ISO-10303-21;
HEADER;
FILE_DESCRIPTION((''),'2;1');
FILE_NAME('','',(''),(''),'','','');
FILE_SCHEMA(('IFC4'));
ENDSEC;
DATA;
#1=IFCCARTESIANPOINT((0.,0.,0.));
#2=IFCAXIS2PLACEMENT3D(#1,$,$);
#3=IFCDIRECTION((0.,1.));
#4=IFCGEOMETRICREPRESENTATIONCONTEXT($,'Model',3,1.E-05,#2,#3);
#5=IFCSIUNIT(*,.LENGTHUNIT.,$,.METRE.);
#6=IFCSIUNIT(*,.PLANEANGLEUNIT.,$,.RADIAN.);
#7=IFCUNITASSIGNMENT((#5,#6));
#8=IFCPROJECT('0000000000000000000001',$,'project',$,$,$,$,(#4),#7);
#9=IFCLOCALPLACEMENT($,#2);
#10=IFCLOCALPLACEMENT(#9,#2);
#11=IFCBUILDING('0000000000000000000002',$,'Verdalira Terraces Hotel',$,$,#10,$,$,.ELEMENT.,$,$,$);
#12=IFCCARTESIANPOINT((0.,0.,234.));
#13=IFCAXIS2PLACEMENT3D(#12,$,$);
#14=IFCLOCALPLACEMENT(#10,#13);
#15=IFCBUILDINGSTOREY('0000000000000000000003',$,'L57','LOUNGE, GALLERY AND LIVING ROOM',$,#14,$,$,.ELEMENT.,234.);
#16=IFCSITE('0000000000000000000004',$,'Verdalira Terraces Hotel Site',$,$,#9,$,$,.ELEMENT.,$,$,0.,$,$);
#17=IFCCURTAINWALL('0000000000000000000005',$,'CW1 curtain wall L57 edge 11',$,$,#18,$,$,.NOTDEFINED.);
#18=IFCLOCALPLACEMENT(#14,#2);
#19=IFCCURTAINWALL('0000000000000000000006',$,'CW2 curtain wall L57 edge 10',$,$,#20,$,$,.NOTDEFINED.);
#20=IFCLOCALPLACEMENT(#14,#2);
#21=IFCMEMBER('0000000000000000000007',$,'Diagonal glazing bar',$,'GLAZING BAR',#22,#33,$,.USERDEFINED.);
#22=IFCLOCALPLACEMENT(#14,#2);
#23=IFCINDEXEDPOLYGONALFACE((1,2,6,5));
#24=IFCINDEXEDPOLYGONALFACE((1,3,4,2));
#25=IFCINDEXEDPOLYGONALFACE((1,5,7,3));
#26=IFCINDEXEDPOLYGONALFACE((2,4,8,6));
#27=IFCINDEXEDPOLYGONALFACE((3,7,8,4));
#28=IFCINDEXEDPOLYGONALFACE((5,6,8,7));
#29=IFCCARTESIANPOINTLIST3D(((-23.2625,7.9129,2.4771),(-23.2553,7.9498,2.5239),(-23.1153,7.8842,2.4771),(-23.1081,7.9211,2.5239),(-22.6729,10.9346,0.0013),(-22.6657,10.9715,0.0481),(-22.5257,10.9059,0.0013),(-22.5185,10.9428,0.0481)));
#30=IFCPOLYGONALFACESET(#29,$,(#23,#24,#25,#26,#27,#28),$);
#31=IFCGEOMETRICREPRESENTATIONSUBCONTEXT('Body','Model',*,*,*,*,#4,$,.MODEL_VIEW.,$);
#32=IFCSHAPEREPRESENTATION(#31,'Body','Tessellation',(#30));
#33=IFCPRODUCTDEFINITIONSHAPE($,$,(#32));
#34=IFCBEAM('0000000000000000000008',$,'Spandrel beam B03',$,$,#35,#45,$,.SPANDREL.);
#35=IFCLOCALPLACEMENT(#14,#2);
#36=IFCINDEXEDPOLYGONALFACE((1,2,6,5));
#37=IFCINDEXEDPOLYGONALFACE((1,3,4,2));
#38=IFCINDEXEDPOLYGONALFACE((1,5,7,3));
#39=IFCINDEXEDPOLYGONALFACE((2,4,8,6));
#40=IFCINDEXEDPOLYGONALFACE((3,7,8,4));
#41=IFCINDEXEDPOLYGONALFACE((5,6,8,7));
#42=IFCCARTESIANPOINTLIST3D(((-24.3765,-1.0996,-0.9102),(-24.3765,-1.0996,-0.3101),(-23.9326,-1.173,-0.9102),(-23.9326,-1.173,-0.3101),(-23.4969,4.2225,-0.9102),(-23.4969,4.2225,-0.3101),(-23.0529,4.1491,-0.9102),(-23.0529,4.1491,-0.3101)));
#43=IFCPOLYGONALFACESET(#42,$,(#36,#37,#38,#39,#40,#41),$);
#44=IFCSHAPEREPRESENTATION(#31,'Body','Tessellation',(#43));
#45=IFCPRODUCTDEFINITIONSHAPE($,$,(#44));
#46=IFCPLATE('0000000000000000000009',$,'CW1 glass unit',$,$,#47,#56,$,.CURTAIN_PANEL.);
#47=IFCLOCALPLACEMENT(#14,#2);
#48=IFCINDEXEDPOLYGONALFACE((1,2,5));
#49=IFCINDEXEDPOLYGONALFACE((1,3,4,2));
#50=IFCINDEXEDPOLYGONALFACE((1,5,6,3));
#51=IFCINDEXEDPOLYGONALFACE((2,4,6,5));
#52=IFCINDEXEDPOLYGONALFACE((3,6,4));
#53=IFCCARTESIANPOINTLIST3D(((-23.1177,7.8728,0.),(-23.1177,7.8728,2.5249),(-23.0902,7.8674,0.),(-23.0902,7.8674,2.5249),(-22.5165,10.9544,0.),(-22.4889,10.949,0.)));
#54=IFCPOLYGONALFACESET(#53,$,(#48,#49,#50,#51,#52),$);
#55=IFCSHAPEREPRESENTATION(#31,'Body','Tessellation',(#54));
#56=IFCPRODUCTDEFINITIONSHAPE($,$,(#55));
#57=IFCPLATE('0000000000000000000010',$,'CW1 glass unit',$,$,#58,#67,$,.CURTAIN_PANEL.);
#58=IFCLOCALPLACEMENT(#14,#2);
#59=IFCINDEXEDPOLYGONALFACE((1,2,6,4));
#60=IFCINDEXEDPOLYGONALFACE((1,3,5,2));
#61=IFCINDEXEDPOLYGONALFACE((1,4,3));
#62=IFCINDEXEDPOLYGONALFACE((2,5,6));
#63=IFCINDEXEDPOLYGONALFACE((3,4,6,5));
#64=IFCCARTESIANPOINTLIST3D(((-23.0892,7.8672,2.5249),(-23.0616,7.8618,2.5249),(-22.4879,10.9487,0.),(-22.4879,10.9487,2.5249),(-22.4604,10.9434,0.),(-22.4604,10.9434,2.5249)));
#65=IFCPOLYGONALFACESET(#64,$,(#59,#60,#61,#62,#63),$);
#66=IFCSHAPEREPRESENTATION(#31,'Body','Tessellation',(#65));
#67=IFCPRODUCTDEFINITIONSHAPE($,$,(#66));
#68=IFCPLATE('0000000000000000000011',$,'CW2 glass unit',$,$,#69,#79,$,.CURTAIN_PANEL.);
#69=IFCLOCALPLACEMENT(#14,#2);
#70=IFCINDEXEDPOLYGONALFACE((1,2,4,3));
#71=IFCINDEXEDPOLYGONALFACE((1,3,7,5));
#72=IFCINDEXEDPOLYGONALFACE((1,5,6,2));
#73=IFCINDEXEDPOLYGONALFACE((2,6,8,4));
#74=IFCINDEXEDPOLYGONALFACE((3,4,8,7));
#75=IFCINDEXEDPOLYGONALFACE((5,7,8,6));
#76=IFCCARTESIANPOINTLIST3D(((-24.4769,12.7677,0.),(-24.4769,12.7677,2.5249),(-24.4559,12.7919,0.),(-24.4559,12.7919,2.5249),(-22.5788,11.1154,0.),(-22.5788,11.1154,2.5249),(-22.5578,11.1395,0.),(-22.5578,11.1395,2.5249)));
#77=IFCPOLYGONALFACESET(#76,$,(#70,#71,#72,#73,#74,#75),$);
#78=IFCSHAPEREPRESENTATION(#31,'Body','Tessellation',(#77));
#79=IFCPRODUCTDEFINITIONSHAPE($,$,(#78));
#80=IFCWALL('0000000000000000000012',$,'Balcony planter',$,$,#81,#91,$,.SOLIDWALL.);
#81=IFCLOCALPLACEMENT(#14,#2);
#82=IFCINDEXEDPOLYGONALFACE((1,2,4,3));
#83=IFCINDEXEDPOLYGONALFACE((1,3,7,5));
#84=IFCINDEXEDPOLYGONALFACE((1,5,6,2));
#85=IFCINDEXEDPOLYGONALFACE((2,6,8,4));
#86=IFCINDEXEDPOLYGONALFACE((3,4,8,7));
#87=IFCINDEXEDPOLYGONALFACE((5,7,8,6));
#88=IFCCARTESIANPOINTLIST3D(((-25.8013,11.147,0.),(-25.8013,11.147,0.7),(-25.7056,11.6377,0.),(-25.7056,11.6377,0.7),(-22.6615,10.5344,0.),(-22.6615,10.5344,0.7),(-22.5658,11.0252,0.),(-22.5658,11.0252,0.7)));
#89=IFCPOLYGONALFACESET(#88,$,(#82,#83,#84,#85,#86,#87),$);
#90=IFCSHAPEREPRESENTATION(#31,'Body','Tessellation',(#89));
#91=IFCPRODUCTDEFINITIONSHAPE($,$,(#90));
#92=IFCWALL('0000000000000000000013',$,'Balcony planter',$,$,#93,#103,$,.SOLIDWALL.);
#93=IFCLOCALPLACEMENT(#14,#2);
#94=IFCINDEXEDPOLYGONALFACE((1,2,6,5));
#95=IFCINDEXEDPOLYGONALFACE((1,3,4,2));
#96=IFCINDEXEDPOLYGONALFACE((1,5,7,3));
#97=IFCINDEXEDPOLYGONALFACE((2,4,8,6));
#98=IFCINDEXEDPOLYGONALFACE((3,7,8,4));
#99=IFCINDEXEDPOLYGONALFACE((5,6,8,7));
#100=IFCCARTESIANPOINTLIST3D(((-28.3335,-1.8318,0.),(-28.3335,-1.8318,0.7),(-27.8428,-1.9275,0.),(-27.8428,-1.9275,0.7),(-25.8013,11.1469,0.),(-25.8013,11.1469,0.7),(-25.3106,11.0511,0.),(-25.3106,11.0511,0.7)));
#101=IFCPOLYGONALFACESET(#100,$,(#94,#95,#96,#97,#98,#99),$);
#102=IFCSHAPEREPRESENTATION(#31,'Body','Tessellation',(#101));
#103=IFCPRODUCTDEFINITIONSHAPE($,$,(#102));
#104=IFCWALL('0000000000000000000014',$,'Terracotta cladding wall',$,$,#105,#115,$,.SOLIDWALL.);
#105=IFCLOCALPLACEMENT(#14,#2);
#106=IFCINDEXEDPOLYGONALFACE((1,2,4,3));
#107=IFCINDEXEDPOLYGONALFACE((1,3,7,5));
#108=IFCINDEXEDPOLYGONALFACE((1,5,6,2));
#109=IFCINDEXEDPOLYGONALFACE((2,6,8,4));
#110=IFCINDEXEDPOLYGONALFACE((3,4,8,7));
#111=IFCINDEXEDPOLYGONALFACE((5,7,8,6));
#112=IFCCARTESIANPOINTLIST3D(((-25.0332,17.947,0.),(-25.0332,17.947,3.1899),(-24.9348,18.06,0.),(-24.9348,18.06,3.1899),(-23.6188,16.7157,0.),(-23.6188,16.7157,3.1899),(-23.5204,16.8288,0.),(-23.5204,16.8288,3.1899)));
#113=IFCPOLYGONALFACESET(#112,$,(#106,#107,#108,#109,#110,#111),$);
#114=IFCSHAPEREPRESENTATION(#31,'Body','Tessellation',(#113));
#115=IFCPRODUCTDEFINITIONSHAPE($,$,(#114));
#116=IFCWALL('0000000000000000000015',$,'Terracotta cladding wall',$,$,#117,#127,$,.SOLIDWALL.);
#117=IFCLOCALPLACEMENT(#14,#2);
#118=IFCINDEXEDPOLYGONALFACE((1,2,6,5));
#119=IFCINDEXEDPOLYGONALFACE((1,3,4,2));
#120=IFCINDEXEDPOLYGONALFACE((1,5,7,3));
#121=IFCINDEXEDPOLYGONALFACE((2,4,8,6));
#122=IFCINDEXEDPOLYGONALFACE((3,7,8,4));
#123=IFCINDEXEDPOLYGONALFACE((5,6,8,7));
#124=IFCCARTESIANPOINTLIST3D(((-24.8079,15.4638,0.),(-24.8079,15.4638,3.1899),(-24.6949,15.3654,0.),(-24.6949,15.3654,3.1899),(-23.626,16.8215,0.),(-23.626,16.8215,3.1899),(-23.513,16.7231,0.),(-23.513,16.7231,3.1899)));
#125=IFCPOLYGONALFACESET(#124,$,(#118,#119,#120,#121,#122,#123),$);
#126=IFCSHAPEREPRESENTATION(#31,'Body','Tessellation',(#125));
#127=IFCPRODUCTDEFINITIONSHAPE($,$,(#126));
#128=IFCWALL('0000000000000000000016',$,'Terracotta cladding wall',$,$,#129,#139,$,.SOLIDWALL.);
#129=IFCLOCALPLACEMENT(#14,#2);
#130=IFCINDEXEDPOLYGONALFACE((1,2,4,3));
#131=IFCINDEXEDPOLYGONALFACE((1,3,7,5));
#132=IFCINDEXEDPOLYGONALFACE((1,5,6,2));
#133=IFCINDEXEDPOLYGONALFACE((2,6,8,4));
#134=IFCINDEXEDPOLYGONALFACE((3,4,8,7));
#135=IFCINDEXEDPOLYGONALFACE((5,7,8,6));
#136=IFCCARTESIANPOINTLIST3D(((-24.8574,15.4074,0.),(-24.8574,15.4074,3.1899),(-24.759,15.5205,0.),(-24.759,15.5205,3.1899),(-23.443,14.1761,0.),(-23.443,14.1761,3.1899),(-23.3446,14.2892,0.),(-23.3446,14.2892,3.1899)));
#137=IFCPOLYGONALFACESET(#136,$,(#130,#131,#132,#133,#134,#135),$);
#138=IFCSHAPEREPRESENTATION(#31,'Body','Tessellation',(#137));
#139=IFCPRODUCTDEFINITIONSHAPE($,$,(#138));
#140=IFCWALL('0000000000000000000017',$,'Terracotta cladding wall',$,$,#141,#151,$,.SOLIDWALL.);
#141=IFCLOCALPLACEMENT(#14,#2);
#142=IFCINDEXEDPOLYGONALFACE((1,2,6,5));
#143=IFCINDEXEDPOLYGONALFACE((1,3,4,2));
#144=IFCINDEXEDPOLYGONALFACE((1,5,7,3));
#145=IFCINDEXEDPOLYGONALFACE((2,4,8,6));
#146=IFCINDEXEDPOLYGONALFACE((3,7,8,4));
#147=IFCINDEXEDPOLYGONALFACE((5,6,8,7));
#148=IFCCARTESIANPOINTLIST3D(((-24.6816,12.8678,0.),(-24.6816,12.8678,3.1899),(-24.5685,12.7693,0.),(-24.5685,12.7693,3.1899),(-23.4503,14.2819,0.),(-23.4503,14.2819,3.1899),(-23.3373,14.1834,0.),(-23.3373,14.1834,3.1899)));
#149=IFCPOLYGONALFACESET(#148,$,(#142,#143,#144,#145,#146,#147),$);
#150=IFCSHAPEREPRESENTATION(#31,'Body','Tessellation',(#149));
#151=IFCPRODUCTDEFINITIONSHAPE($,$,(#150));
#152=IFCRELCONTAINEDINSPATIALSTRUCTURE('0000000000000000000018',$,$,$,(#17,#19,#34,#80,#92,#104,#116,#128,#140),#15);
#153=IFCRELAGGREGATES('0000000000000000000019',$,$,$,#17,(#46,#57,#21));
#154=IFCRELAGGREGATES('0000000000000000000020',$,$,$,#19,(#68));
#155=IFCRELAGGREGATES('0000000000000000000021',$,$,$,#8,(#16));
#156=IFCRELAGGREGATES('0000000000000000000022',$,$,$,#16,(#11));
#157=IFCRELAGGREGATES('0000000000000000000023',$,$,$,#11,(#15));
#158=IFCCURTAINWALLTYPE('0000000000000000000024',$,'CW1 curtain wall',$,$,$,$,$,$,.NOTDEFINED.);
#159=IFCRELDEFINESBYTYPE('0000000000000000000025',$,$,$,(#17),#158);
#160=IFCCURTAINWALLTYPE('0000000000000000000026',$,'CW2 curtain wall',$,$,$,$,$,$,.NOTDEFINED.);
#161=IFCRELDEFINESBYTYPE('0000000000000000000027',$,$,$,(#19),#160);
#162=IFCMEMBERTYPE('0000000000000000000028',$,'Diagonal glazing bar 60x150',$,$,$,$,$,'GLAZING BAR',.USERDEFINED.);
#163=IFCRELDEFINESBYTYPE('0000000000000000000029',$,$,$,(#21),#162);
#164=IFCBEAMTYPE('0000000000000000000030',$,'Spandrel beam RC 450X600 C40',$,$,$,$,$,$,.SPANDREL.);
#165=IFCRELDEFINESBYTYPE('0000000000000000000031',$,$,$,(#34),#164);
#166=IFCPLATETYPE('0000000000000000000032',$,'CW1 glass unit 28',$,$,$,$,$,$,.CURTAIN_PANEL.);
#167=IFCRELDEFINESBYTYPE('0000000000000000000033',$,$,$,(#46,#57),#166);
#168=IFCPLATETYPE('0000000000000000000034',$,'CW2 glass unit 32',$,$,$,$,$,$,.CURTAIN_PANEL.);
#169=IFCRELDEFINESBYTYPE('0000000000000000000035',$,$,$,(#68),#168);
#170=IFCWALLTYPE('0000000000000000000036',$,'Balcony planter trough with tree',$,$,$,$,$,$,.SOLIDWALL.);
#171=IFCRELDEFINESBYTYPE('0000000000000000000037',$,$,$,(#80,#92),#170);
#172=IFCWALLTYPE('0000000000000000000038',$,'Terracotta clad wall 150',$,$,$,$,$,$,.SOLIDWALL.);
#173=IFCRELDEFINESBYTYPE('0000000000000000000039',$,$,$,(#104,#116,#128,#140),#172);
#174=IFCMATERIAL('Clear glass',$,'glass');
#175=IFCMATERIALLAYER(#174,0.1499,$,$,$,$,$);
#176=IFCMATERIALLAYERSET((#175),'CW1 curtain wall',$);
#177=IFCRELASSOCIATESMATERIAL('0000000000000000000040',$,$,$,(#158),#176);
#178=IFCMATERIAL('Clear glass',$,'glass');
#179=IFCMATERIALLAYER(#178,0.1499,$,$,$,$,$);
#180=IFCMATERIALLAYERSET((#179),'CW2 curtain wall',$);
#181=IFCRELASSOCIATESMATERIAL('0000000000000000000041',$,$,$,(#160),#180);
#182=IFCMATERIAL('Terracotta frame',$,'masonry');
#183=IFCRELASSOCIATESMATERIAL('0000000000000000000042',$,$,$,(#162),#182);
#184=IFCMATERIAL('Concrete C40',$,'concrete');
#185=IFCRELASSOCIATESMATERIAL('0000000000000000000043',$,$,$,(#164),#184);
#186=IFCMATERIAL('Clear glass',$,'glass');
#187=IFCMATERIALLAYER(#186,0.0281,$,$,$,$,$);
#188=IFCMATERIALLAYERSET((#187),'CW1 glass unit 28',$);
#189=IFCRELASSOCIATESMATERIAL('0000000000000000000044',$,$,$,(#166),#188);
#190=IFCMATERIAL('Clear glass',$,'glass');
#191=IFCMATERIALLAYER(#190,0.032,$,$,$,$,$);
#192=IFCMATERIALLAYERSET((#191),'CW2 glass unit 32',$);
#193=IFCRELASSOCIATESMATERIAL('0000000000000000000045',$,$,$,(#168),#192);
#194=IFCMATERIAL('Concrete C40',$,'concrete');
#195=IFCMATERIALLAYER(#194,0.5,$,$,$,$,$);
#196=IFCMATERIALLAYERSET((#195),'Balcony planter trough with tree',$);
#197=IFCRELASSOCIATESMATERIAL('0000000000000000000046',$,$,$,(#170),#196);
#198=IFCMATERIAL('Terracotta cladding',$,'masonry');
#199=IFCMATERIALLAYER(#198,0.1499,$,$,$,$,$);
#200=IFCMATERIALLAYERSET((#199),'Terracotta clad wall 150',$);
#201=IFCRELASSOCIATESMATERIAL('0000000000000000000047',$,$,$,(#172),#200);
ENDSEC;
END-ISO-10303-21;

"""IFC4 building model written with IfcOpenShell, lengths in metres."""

from ifc_helpers import new_model, si_unit, direction, frame, frame_2d, origin, origin_2d, place, context, subcontext, project, spatial, polyline, rectangle, outline, extrude, material, layer, layer_set, material_profile, profile_set, type_object, element, aggregate, save


model = new_model("IFC4")

# Units and contexts
model_context = context("Model", 3, precision=1e-05, world=origin(), true_north=direction((0.0, 1.0)))
body_context = subcontext(model_context, "Body", "Model", "MODEL_VIEW")
ifc_project = project(units=[si_unit("LENGTHUNIT", "METRE"), si_unit("PLANEANGLEUNIT", "RADIAN")], contexts=[model_context])

# Site, building, storey
site_placement = place(None, origin())
site = spatial("IfcSite", under=ifc_project, at=site_placement, Name="Verdalira Terraces Hotel Site", CompositionType="ELEMENT", RefElevation=0.0)
building_placement = place(site_placement, origin())
building = spatial("IfcBuilding", under=site, at=building_placement, Name="Verdalira Terraces Hotel", CompositionType="ELEMENT")
storey_placement = place(building_placement, frame((0.0, 0.0, 234.0)))
storey = spatial("IfcBuildingStorey", under=building, at=storey_placement, Name="L57", Description="LOUNGE, GALLERY AND LIVING ROOM", CompositionType="ELEMENT", Elevation=234.0)

# Curtain walls
ifc_material_1 = material(Name="Clear glass", Category="glass")
ifc_layer_1 = layer(ifc_material_1, 0.1499)
ifc_layer_set_1 = layer_set([ifc_layer_1], Name="CW1 curtain wall")
curtain_wall_type_1 = type_object("IfcCurtainWallType", Name="CW1 curtain wall", PredefinedType="NOTDEFINED", material=ifc_layer_set_1)
curtain_wall_1_placement = place(storey_placement, origin())
curtain_wall_1 = element("IfcCurtainWall", 1, at=curtain_wall_1_placement, inside=storey, type_object=curtain_wall_type_1, Name="CW1 curtain wall L57 edge 11", PredefinedType="NOTDEFINED")
ifc_material_2 = material(Name="Clear glass", Category="glass")
ifc_layer_2 = layer(ifc_material_2, 0.1499)
ifc_layer_set_2 = layer_set([ifc_layer_2], Name="CW2 curtain wall")
curtain_wall_type_2 = type_object("IfcCurtainWallType", Name="CW2 curtain wall", PredefinedType="NOTDEFINED", material=ifc_layer_set_2)
curtain_wall_2_placement = place(storey_placement, origin())
curtain_wall_2 = element("IfcCurtainWall", 2, at=curtain_wall_2_placement, inside=storey, type_object=curtain_wall_type_2, Name="CW2 curtain wall L57 edge 10", PredefinedType="NOTDEFINED")

# Member
ifc_material_3 = material(Name="Terracotta frame", Category="masonry")
ifc_material_profile_1 = material_profile(ifc_material_3, rectangle(XDim=0.1499, YDim=0.0601, at=origin_2d()), Name="GB 60x150")
ifc_profile_set_1 = profile_set([ifc_material_profile_1], Name="Terracotta frame")
member_type_1 = type_object("IfcMemberType", Name="Diagonal glazing bar 60x150", ElementType="GLAZING BAR", PredefinedType="USERDEFINED", material=ifc_profile_set_1)
member_1_placement = place(storey_placement, frame((-22.5957, 10.9387, 0.0247), z_axis=(-0.149238, -0.764855, 0.626678), x_axis=(0.981491, -0.191508, 0.0)))
member_1 = element("IfcMember", 3, at=member_1_placement, type_object=member_type_1, Name="Diagonal glazing bar", ObjectType="GLAZING BAR", PredefinedType="USERDEFINED", context=body_context, shape_type="SweptSolid", body=[
    extrude(rectangle(XDim=0.1499, YDim=0.0601, at=origin_2d()), origin(), (0.0, 0.0, 1.0), 3.9507),
])

# Beam
ifc_material_4 = material(Name="Concrete C40", Category="concrete")
ifc_material_profile_2 = material_profile(ifc_material_4, rectangle(XDim=0.45, YDim=0.6001, at=origin_2d()), Name="RC 450X600")
ifc_profile_set_2 = profile_set([ifc_material_profile_2], Name="Concrete C40")
beam_type_1 = type_object("IfcBeamType", Name="Spandrel beam RC 450X600 C40", PredefinedType="SPANDREL", material=ifc_profile_set_2)
beam_1_placement = place(storey_placement, frame((-23.2749, 4.1858, -0.6101), z_axis=(-0.16307, -0.986614, 0.0), x_axis=(0.986614, -0.16307, 0.0)))
element("IfcBeam", 4, at=beam_1_placement, inside=storey, type_object=beam_type_1, Name="Spandrel beam B03", PredefinedType="SPANDREL", context=body_context, shape_type="SweptSolid", body=[
    extrude(rectangle(XDim=0.45, YDim=0.6001, at=origin_2d()), origin(), (0.0, 0.0, 1.0), 5.3943),
])

# Plates
ifc_material_5 = material(Name="Clear glass", Category="glass")
ifc_layer_3 = layer(ifc_material_5, 0.0281)
ifc_layer_set_3 = layer_set([ifc_layer_3], Name="CW1 glass unit 28")
plate_type_1 = type_object("IfcPlateType", Name="CW1 glass unit 28", PredefinedType="CURTAIN_PANEL", material=ifc_layer_set_3)
plate_1_placement = place(storey_placement, frame((-22.7896, 9.4082, 1.2625), z_axis=(-0.981494, 0.191494, 0.0), x_axis=(-0.191494, -0.981494, 0.0)))
plate_1 = element("IfcPlate", 5, at=plate_1_placement, type_object=plate_type_1, Name="CW1 glass unit", PredefinedType="CURTAIN_PANEL", context=body_context, shape_type="SweptSolid", body=[
    extrude(outline(polyline([(-1.5698, -1.2625), (1.5698, -1.2625), (1.5698, 1.2625), (-1.5698, -1.2625)])), origin(), (0.0, 0.0, 1.0), 0.0281),
])
plate_2_placement = place(storey_placement, frame((-22.761, 9.4026, 1.2625), z_axis=(-0.981494, 0.191494, 0.0), x_axis=(-0.191494, -0.981494, 0.0)))
plate_2 = element("IfcPlate", 6, at=plate_2_placement, type_object=plate_type_1, Name="CW1 glass unit", PredefinedType="CURTAIN_PANEL", context=body_context, shape_type="SweptSolid", body=[
    extrude(outline(polyline([(-1.5698, -1.2625), (1.5698, 1.2625), (-1.5698, 1.2625), (-1.5698, -1.2625)])), origin(), (0.0, 0.0, 1.0), 0.0281),
])
aggregate(curtain_wall_1, [plate_1, plate_2, member_1])
ifc_material_6 = material(Name="Clear glass", Category="glass")
ifc_layer_4 = layer(ifc_material_6, 0.032)
ifc_layer_set_4 = layer_set([ifc_layer_4], Name="CW2 glass unit 32")
plate_type_2 = type_object("IfcPlateType", Name="CW2 glass unit 32", PredefinedType="CURTAIN_PANEL", material=ifc_layer_set_4)
plate_3_placement = place(storey_placement, frame((-23.5173, 11.9536, 0.0), z_axis=(0.0, 0.0, 1.0), x_axis=(0.754251, -0.656586, 0.0)))
plate_3 = element("IfcPlate", 7, at=plate_3_placement, type_object=plate_type_2, Name="CW2 glass unit", PredefinedType="CURTAIN_PANEL", context=body_context, shape_type="SweptSolid", body=[
    extrude(rectangle(XDim=2.5166, YDim=0.032, at=origin_2d()), origin(), (0.0, 0.0, 1.0), 2.5249),
])
aggregate(curtain_wall_2, [plate_3])

# Walls
ifc_material_7 = material(Name="Concrete C40", Category="concrete")
ifc_layer_5 = layer(ifc_material_7, 0.5)
ifc_layer_set_5 = layer_set([ifc_layer_5], Name="Balcony planter trough with tree")
wall_type_1 = type_object("IfcWallType", Name="Balcony planter trough with tree", PredefinedType="SOLIDWALL", material=ifc_layer_set_5)
wall_1_placement = place(storey_placement, frame((-22.6135, 10.7798, 0.0), z_axis=(0.0, 0.0, 1.0), x_axis=(-0.981497, 0.191476, 0.0)))
element("IfcWall", 8, at=wall_1_placement, inside=storey, type_object=wall_type_1, Name="Balcony planter", PredefinedType="SOLIDWALL", context=body_context, shape_type="SweptSolid", body=[
    extrude(rectangle(XDim=3.199, YDim=0.5, at=frame_2d((1.5996, 0.0))), origin(), (0.0, 0.0, 1.0), 0.7),
])
wall_2_placement = place(storey_placement, frame((-25.5559, 11.0991, 0.0), z_axis=(0.0, 0.0, 1.0), x_axis=(-0.191495, -0.981494, 0.0)))
element("IfcWall", 9, at=wall_2_placement, inside=storey, type_object=wall_type_1, Name="Balcony planter", PredefinedType="SOLIDWALL", context=body_context, shape_type="SweptSolid", body=[
    extrude(rectangle(XDim=13.2234, YDim=0.5, at=frame_2d((6.6118, 0.0))), origin(), (0.0, 0.0, 1.0), 0.7),
])
ifc_material_8 = material(Name="Terracotta cladding", Category="masonry")
ifc_layer_6 = layer(ifc_material_8, 0.1499)
ifc_layer_set_6 = layer_set([ifc_layer_6], Name="Terracotta clad wall 150")
wall_type_2 = type_object("IfcWallType", Name="Terracotta clad wall 150", PredefinedType="SOLIDWALL", material=ifc_layer_set_6)
wall_3_placement = place(storey_placement, frame((-24.9839, 18.0034, 0.0), z_axis=(0.0, 0.0, 1.0), x_axis=(0.754244, -0.656594, 0.0)))
element("IfcWall", 10, at=wall_3_placement, inside=storey, type_object=wall_type_2, Name="Terracotta cladding wall", PredefinedType="SOLIDWALL", context=body_context, shape_type="SweptSolid", body=[
    extrude(rectangle(XDim=1.8752, YDim=0.1499, at=frame_2d((0.9375, 0.0))), origin(), (0.0, 0.0, 1.0), 3.1899),
])
wall_4_placement = place(storey_placement, frame((-23.5696, 16.7722, 0.0), z_axis=(0.0, 0.0, 1.0), x_axis=(-0.656592, -0.754246, 0.0)))
element("IfcWall", 11, at=wall_4_placement, inside=storey, type_object=wall_type_2, Name="Terracotta cladding wall", PredefinedType="SOLIDWALL", context=body_context, shape_type="SweptSolid", body=[
    extrude(rectangle(XDim=1.8, YDim=0.1499, at=frame_2d((0.8999, 0.0))), origin(), (0.0, 0.0, 1.0), 3.1899),
])
wall_5_placement = place(storey_placement, frame((-24.8081, 15.4639, 0.0), z_axis=(0.0, 0.0, 1.0), x_axis=(0.754244, -0.656594, 0.0)))
element("IfcWall", 12, at=wall_5_placement, inside=storey, type_object=wall_type_2, Name="Terracotta cladding wall", PredefinedType="SOLIDWALL", context=body_context, shape_type="SweptSolid", body=[
    extrude(rectangle(XDim=1.8752, YDim=0.1499, at=frame_2d((0.9375, 0.0))), origin(), (0.0, 0.0, 1.0), 3.1899),
])
wall_6_placement = place(storey_placement, frame((-23.3938, 14.2327, 0.0), z_axis=(0.0, 0.0, 1.0), x_axis=(-0.656659, -0.754188, 0.0)))
element("IfcWall", 13, at=wall_6_placement, inside=storey, type_object=wall_type_2, Name="Terracotta cladding wall", PredefinedType="SOLIDWALL", context=body_context, shape_type="SweptSolid", body=[
    extrude(rectangle(XDim=1.875, YDim=0.1499, at=frame_2d((0.9375, 0.0))), origin(), (0.0, 0.0, 1.0), 3.1899),
])

save(model, "model.ifc")
